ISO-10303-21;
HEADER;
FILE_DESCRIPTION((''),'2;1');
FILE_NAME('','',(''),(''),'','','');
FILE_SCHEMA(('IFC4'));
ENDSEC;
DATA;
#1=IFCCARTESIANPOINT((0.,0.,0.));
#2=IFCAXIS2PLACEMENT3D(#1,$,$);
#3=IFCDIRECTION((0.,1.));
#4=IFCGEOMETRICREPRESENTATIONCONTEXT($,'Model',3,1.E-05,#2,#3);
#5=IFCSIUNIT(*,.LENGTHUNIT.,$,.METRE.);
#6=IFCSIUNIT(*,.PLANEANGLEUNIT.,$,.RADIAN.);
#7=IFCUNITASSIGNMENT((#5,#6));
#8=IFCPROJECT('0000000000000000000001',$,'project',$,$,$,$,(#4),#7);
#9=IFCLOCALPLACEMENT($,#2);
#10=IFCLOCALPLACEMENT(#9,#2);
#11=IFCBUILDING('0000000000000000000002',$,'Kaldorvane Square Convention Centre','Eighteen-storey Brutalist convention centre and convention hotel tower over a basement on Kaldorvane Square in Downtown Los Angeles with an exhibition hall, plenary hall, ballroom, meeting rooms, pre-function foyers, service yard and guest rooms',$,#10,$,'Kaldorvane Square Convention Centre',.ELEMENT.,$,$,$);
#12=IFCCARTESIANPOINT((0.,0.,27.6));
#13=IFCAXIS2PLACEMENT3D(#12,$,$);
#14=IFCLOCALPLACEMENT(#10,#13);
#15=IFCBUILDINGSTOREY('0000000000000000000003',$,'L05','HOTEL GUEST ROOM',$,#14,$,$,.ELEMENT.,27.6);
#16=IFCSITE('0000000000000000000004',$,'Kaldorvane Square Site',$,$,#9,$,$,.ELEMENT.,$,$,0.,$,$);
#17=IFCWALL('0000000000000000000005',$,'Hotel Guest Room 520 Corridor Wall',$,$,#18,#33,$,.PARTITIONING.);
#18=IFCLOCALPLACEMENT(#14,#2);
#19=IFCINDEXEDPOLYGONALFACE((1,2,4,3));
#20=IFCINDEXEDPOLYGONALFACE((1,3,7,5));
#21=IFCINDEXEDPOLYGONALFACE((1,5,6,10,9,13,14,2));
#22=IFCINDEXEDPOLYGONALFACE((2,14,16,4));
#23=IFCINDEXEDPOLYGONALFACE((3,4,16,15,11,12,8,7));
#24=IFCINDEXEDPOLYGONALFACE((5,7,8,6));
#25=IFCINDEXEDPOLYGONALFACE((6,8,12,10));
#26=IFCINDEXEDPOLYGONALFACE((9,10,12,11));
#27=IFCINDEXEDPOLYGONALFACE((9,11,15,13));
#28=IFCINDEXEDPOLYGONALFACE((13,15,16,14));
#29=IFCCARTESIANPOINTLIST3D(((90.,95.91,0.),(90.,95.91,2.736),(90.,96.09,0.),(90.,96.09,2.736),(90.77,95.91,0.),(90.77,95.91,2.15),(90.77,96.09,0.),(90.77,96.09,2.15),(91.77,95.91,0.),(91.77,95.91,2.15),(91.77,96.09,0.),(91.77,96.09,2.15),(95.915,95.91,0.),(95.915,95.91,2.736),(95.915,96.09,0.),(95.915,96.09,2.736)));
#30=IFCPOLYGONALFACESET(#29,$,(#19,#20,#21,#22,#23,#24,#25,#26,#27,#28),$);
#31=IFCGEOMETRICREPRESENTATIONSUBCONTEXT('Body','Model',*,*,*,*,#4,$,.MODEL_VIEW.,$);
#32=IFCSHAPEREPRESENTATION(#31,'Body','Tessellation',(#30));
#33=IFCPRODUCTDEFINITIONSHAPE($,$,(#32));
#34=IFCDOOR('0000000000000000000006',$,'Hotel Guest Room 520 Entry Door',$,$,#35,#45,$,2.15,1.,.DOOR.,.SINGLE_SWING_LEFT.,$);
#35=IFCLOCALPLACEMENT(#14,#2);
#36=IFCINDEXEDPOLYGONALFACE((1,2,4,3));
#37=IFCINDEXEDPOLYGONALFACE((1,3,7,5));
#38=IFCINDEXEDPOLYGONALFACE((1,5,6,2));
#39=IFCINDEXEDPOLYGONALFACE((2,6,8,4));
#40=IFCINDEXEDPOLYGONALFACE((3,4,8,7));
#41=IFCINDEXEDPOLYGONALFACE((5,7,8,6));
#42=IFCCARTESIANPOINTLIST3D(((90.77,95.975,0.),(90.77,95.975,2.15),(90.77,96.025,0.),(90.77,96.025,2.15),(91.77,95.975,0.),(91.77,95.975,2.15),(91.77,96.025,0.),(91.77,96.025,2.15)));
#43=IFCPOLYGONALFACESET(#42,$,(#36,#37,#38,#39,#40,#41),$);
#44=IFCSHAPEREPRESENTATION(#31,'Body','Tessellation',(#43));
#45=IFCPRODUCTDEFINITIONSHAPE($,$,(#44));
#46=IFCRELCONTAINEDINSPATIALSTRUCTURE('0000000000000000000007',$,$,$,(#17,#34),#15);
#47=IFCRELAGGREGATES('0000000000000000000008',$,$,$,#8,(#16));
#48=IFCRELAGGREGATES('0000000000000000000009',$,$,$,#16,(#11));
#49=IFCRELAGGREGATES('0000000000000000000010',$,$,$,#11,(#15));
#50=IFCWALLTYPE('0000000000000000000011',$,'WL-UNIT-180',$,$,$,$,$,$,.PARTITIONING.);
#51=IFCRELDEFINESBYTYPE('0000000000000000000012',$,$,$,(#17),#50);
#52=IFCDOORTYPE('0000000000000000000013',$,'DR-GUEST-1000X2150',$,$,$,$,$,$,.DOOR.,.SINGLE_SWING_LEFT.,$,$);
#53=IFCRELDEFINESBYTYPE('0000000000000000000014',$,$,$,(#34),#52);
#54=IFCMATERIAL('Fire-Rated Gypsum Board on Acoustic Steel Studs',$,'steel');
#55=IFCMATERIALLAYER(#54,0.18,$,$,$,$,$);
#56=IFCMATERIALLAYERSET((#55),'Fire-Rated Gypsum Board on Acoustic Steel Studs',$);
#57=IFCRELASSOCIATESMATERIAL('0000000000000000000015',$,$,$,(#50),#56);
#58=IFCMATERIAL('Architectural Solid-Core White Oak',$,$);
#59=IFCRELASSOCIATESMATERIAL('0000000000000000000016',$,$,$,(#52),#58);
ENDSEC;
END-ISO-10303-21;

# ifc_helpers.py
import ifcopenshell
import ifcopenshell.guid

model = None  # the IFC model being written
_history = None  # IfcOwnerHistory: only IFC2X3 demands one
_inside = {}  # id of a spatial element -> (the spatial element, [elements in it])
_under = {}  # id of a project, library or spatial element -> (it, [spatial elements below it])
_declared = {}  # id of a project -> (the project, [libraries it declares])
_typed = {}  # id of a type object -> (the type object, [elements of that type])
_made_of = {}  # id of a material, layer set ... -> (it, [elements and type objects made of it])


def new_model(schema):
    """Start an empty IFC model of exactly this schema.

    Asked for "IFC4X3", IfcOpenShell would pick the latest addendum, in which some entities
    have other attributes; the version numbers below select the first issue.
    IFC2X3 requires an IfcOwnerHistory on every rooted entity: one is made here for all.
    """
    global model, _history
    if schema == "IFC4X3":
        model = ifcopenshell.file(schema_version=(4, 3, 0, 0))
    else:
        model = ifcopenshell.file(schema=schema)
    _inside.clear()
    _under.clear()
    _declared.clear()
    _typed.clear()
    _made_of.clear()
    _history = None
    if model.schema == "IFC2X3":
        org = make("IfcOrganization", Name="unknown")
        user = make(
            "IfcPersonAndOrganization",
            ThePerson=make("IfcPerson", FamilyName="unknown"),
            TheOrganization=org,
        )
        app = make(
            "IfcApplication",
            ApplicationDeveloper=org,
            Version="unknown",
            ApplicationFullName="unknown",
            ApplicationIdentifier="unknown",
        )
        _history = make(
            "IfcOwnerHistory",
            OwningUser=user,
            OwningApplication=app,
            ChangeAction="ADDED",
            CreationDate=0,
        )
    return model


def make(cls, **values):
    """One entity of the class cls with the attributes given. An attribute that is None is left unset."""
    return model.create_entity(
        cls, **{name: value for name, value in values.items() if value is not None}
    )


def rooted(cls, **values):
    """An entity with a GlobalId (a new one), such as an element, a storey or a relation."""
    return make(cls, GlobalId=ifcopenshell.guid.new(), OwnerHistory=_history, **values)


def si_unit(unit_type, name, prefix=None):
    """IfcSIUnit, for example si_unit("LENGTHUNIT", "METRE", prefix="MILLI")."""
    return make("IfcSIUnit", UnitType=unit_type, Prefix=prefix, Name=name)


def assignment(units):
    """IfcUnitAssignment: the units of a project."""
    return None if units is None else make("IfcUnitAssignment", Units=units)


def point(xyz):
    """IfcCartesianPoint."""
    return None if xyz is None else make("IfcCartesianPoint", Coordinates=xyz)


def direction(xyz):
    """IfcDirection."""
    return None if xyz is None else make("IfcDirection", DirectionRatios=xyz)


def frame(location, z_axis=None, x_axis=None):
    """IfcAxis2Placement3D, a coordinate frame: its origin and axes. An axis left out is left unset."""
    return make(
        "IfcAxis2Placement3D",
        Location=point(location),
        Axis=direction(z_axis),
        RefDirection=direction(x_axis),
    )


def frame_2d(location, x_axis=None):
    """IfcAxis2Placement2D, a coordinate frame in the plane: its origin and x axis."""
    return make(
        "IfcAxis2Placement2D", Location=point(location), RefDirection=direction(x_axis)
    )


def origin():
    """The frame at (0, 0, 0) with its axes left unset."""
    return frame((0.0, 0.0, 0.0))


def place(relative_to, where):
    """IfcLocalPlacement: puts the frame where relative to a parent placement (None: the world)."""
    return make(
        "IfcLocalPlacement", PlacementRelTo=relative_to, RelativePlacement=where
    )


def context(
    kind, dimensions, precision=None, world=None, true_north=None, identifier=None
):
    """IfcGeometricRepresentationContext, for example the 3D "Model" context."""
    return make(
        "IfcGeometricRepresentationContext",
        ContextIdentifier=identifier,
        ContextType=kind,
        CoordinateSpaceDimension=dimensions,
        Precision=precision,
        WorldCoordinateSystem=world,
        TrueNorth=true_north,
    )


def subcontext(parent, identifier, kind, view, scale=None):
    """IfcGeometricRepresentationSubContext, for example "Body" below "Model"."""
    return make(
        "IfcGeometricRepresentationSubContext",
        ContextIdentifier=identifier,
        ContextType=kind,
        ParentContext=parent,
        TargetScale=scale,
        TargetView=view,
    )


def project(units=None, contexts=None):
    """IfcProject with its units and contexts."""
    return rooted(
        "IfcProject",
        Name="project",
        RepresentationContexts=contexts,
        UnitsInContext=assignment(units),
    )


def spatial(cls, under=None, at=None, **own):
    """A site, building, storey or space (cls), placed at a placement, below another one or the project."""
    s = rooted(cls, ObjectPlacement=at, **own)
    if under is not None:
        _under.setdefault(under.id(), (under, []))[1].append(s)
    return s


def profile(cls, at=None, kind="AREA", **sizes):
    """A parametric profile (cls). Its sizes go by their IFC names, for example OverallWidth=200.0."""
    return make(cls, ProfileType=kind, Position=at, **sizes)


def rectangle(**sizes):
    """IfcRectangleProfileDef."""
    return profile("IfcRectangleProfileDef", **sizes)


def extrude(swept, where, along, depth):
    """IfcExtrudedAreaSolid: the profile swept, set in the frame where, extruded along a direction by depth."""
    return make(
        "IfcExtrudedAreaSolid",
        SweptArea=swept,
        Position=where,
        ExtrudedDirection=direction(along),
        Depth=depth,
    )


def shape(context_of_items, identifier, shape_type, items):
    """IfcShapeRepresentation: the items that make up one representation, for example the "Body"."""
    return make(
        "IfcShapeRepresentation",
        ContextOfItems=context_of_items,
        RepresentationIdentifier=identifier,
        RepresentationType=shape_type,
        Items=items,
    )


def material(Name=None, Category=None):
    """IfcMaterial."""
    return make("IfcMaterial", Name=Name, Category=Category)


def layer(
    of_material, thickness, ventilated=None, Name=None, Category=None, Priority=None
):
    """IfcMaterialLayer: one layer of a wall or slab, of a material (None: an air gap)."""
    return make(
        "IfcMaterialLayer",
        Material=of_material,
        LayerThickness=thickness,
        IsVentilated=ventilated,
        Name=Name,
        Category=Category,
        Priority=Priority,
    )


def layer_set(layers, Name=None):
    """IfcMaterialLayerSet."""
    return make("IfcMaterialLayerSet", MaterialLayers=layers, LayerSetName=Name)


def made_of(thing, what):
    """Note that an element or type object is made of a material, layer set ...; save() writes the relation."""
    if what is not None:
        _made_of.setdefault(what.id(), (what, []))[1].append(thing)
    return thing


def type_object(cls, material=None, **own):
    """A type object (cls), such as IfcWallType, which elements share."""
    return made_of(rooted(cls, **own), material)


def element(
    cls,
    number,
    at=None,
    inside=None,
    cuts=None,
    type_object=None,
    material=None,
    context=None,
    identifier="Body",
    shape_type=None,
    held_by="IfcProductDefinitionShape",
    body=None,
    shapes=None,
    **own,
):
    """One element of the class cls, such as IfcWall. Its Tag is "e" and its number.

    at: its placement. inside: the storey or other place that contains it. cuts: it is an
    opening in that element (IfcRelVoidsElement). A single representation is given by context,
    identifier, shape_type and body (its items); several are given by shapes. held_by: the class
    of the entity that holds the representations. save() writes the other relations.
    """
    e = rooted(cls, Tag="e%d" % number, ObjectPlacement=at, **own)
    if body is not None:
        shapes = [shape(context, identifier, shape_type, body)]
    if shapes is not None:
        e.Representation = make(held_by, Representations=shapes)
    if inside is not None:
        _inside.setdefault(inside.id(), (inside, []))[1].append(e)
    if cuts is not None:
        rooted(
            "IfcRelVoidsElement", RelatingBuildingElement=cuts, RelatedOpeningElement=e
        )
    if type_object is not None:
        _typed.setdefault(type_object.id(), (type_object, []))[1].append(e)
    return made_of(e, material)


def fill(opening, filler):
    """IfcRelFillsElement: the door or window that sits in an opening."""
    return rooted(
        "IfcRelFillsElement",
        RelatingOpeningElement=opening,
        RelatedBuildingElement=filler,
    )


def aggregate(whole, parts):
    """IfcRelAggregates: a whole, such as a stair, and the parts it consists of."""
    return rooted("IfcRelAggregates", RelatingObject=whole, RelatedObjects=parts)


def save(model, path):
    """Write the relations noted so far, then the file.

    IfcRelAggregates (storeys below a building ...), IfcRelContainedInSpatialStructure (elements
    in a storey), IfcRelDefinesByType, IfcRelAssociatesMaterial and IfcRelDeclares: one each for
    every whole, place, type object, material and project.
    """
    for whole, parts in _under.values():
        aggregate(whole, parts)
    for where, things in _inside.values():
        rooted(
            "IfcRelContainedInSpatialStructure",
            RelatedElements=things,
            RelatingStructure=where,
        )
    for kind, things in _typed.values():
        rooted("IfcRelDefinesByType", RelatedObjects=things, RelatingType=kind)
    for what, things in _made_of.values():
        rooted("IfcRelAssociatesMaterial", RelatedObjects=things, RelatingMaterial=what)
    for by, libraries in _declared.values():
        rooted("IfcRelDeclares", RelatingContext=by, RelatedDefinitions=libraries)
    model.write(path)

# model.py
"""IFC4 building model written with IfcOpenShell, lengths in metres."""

from ifc_helpers import new_model, si_unit, direction, frame, frame_2d, origin, place, context, subcontext, project, spatial, rectangle, extrude, material, layer, layer_set, type_object, element, fill, save


model = new_model("IFC4")

# Units and contexts
model_context = context("Model", 3, precision=1e-05, world=origin(), true_north=direction((0.0, 1.0)))
body_context = subcontext(model_context, "Body", "Model", "MODEL_VIEW")
ifc_project = project(units=[si_unit("LENGTHUNIT", "METRE"), si_unit("PLANEANGLEUNIT", "RADIAN")], contexts=[model_context])

# Site, building, storey
site_placement = place(None, origin())
site = spatial("IfcSite", under=ifc_project, at=site_placement, Name="Kaldorvane Square Site", CompositionType="ELEMENT", RefElevation=0.0)
building_placement = place(site_placement, origin())
building = spatial("IfcBuilding", under=site, at=building_placement, Name="Kaldorvane Square Convention Centre", Description="Eighteen-storey Brutalist convention centre and convention hotel tower over a basement on Kaldorvane Square in Downtown Los Angeles with an exhibition hall, plenary hall, ballroom, meeting rooms, pre-function foyers, service yard and guest rooms", LongName="Kaldorvane Square Convention Centre", CompositionType="ELEMENT")
storey_placement = place(building_placement, frame((0.0, 0.0, 27.6)))
storey = spatial("IfcBuildingStorey", under=building, at=storey_placement, Name="L05", Description="HOTEL GUEST ROOM", CompositionType="ELEMENT", Elevation=27.6)

# Shared definitions
ifc_material_1 = material(Name="Fire-Rated Gypsum Board on Acoustic Steel Studs", Category="steel")
ifc_material_2 = material(Name="Architectural Solid-Core White Oak")

# Wall, opening, door
ifc_layer_1 = layer(ifc_material_1, 0.18)
ifc_layer_set_1 = layer_set([ifc_layer_1], Name="Fire-Rated Gypsum Board on Acoustic Steel Studs")
wall_type_1 = type_object("IfcWallType", Name="WL-UNIT-180", PredefinedType="PARTITIONING", material=ifc_layer_set_1)
door_type_1 = type_object("IfcDoorType", Name="DR-GUEST-1000X2150", OperationType="SINGLE_SWING_LEFT", PredefinedType="DOOR", material=ifc_material_2)
wall_1_placement = place(storey_placement, frame((90.0, 96.0, 0.0), z_axis=(0.0, 0.0, 1.0), x_axis=(1.0, 0.0, 0.0)))
wall_1 = element("IfcWall", 1, at=wall_1_placement, inside=storey, type_object=wall_type_1, Name="Hotel Guest Room 520 Corridor Wall", PredefinedType="PARTITIONING", context=body_context, shape_type="SweptSolid", body=[
    extrude(rectangle(XDim=5.915, YDim=0.18, at=frame_2d((2.9575, 0.0))), origin(), (0.0, 0.0, 1.0), 2.736),
])
opening_1_placement = place(wall_1_placement, frame((0.77, 0.0, 0.0)))
opening_1 = element("IfcOpeningElement", 2, at=opening_1_placement, cuts=wall_1, PredefinedType="OPENING", context=body_context, shape_type="SweptSolid", body=[
    extrude(rectangle(XDim=1.0, YDim=2.15, at=frame_2d((0.5, 1.075))), frame((0.0, 0.105, 0.0), z_axis=(0.0, -1.0, 0.0), x_axis=(1.0, 0.0, 0.0)), (0.0, 0.0, 1.0), 0.21),
])
door_1_placement = place(opening_1_placement, origin())
door_1 = element("IfcDoor", 3, at=door_1_placement, inside=storey, type_object=door_type_1, Name="Hotel Guest Room 520 Entry Door", OperationType="SINGLE_SWING_LEFT", OverallHeight=2.15, OverallWidth=1.0, PredefinedType="DOOR", context=body_context, shape_type="SweptSolid", body=[
    extrude(rectangle(XDim=1.0, YDim=2.15, at=frame_2d((0.5, 1.075))), frame((0.0, 0.025, 0.0), z_axis=(0.0, -1.0, 0.0), x_axis=(1.0, 0.0, 0.0)), (0.0, 0.0, 1.0), 0.05),
])
fill(opening_1, door_1)

save(model, "model.ifc")
